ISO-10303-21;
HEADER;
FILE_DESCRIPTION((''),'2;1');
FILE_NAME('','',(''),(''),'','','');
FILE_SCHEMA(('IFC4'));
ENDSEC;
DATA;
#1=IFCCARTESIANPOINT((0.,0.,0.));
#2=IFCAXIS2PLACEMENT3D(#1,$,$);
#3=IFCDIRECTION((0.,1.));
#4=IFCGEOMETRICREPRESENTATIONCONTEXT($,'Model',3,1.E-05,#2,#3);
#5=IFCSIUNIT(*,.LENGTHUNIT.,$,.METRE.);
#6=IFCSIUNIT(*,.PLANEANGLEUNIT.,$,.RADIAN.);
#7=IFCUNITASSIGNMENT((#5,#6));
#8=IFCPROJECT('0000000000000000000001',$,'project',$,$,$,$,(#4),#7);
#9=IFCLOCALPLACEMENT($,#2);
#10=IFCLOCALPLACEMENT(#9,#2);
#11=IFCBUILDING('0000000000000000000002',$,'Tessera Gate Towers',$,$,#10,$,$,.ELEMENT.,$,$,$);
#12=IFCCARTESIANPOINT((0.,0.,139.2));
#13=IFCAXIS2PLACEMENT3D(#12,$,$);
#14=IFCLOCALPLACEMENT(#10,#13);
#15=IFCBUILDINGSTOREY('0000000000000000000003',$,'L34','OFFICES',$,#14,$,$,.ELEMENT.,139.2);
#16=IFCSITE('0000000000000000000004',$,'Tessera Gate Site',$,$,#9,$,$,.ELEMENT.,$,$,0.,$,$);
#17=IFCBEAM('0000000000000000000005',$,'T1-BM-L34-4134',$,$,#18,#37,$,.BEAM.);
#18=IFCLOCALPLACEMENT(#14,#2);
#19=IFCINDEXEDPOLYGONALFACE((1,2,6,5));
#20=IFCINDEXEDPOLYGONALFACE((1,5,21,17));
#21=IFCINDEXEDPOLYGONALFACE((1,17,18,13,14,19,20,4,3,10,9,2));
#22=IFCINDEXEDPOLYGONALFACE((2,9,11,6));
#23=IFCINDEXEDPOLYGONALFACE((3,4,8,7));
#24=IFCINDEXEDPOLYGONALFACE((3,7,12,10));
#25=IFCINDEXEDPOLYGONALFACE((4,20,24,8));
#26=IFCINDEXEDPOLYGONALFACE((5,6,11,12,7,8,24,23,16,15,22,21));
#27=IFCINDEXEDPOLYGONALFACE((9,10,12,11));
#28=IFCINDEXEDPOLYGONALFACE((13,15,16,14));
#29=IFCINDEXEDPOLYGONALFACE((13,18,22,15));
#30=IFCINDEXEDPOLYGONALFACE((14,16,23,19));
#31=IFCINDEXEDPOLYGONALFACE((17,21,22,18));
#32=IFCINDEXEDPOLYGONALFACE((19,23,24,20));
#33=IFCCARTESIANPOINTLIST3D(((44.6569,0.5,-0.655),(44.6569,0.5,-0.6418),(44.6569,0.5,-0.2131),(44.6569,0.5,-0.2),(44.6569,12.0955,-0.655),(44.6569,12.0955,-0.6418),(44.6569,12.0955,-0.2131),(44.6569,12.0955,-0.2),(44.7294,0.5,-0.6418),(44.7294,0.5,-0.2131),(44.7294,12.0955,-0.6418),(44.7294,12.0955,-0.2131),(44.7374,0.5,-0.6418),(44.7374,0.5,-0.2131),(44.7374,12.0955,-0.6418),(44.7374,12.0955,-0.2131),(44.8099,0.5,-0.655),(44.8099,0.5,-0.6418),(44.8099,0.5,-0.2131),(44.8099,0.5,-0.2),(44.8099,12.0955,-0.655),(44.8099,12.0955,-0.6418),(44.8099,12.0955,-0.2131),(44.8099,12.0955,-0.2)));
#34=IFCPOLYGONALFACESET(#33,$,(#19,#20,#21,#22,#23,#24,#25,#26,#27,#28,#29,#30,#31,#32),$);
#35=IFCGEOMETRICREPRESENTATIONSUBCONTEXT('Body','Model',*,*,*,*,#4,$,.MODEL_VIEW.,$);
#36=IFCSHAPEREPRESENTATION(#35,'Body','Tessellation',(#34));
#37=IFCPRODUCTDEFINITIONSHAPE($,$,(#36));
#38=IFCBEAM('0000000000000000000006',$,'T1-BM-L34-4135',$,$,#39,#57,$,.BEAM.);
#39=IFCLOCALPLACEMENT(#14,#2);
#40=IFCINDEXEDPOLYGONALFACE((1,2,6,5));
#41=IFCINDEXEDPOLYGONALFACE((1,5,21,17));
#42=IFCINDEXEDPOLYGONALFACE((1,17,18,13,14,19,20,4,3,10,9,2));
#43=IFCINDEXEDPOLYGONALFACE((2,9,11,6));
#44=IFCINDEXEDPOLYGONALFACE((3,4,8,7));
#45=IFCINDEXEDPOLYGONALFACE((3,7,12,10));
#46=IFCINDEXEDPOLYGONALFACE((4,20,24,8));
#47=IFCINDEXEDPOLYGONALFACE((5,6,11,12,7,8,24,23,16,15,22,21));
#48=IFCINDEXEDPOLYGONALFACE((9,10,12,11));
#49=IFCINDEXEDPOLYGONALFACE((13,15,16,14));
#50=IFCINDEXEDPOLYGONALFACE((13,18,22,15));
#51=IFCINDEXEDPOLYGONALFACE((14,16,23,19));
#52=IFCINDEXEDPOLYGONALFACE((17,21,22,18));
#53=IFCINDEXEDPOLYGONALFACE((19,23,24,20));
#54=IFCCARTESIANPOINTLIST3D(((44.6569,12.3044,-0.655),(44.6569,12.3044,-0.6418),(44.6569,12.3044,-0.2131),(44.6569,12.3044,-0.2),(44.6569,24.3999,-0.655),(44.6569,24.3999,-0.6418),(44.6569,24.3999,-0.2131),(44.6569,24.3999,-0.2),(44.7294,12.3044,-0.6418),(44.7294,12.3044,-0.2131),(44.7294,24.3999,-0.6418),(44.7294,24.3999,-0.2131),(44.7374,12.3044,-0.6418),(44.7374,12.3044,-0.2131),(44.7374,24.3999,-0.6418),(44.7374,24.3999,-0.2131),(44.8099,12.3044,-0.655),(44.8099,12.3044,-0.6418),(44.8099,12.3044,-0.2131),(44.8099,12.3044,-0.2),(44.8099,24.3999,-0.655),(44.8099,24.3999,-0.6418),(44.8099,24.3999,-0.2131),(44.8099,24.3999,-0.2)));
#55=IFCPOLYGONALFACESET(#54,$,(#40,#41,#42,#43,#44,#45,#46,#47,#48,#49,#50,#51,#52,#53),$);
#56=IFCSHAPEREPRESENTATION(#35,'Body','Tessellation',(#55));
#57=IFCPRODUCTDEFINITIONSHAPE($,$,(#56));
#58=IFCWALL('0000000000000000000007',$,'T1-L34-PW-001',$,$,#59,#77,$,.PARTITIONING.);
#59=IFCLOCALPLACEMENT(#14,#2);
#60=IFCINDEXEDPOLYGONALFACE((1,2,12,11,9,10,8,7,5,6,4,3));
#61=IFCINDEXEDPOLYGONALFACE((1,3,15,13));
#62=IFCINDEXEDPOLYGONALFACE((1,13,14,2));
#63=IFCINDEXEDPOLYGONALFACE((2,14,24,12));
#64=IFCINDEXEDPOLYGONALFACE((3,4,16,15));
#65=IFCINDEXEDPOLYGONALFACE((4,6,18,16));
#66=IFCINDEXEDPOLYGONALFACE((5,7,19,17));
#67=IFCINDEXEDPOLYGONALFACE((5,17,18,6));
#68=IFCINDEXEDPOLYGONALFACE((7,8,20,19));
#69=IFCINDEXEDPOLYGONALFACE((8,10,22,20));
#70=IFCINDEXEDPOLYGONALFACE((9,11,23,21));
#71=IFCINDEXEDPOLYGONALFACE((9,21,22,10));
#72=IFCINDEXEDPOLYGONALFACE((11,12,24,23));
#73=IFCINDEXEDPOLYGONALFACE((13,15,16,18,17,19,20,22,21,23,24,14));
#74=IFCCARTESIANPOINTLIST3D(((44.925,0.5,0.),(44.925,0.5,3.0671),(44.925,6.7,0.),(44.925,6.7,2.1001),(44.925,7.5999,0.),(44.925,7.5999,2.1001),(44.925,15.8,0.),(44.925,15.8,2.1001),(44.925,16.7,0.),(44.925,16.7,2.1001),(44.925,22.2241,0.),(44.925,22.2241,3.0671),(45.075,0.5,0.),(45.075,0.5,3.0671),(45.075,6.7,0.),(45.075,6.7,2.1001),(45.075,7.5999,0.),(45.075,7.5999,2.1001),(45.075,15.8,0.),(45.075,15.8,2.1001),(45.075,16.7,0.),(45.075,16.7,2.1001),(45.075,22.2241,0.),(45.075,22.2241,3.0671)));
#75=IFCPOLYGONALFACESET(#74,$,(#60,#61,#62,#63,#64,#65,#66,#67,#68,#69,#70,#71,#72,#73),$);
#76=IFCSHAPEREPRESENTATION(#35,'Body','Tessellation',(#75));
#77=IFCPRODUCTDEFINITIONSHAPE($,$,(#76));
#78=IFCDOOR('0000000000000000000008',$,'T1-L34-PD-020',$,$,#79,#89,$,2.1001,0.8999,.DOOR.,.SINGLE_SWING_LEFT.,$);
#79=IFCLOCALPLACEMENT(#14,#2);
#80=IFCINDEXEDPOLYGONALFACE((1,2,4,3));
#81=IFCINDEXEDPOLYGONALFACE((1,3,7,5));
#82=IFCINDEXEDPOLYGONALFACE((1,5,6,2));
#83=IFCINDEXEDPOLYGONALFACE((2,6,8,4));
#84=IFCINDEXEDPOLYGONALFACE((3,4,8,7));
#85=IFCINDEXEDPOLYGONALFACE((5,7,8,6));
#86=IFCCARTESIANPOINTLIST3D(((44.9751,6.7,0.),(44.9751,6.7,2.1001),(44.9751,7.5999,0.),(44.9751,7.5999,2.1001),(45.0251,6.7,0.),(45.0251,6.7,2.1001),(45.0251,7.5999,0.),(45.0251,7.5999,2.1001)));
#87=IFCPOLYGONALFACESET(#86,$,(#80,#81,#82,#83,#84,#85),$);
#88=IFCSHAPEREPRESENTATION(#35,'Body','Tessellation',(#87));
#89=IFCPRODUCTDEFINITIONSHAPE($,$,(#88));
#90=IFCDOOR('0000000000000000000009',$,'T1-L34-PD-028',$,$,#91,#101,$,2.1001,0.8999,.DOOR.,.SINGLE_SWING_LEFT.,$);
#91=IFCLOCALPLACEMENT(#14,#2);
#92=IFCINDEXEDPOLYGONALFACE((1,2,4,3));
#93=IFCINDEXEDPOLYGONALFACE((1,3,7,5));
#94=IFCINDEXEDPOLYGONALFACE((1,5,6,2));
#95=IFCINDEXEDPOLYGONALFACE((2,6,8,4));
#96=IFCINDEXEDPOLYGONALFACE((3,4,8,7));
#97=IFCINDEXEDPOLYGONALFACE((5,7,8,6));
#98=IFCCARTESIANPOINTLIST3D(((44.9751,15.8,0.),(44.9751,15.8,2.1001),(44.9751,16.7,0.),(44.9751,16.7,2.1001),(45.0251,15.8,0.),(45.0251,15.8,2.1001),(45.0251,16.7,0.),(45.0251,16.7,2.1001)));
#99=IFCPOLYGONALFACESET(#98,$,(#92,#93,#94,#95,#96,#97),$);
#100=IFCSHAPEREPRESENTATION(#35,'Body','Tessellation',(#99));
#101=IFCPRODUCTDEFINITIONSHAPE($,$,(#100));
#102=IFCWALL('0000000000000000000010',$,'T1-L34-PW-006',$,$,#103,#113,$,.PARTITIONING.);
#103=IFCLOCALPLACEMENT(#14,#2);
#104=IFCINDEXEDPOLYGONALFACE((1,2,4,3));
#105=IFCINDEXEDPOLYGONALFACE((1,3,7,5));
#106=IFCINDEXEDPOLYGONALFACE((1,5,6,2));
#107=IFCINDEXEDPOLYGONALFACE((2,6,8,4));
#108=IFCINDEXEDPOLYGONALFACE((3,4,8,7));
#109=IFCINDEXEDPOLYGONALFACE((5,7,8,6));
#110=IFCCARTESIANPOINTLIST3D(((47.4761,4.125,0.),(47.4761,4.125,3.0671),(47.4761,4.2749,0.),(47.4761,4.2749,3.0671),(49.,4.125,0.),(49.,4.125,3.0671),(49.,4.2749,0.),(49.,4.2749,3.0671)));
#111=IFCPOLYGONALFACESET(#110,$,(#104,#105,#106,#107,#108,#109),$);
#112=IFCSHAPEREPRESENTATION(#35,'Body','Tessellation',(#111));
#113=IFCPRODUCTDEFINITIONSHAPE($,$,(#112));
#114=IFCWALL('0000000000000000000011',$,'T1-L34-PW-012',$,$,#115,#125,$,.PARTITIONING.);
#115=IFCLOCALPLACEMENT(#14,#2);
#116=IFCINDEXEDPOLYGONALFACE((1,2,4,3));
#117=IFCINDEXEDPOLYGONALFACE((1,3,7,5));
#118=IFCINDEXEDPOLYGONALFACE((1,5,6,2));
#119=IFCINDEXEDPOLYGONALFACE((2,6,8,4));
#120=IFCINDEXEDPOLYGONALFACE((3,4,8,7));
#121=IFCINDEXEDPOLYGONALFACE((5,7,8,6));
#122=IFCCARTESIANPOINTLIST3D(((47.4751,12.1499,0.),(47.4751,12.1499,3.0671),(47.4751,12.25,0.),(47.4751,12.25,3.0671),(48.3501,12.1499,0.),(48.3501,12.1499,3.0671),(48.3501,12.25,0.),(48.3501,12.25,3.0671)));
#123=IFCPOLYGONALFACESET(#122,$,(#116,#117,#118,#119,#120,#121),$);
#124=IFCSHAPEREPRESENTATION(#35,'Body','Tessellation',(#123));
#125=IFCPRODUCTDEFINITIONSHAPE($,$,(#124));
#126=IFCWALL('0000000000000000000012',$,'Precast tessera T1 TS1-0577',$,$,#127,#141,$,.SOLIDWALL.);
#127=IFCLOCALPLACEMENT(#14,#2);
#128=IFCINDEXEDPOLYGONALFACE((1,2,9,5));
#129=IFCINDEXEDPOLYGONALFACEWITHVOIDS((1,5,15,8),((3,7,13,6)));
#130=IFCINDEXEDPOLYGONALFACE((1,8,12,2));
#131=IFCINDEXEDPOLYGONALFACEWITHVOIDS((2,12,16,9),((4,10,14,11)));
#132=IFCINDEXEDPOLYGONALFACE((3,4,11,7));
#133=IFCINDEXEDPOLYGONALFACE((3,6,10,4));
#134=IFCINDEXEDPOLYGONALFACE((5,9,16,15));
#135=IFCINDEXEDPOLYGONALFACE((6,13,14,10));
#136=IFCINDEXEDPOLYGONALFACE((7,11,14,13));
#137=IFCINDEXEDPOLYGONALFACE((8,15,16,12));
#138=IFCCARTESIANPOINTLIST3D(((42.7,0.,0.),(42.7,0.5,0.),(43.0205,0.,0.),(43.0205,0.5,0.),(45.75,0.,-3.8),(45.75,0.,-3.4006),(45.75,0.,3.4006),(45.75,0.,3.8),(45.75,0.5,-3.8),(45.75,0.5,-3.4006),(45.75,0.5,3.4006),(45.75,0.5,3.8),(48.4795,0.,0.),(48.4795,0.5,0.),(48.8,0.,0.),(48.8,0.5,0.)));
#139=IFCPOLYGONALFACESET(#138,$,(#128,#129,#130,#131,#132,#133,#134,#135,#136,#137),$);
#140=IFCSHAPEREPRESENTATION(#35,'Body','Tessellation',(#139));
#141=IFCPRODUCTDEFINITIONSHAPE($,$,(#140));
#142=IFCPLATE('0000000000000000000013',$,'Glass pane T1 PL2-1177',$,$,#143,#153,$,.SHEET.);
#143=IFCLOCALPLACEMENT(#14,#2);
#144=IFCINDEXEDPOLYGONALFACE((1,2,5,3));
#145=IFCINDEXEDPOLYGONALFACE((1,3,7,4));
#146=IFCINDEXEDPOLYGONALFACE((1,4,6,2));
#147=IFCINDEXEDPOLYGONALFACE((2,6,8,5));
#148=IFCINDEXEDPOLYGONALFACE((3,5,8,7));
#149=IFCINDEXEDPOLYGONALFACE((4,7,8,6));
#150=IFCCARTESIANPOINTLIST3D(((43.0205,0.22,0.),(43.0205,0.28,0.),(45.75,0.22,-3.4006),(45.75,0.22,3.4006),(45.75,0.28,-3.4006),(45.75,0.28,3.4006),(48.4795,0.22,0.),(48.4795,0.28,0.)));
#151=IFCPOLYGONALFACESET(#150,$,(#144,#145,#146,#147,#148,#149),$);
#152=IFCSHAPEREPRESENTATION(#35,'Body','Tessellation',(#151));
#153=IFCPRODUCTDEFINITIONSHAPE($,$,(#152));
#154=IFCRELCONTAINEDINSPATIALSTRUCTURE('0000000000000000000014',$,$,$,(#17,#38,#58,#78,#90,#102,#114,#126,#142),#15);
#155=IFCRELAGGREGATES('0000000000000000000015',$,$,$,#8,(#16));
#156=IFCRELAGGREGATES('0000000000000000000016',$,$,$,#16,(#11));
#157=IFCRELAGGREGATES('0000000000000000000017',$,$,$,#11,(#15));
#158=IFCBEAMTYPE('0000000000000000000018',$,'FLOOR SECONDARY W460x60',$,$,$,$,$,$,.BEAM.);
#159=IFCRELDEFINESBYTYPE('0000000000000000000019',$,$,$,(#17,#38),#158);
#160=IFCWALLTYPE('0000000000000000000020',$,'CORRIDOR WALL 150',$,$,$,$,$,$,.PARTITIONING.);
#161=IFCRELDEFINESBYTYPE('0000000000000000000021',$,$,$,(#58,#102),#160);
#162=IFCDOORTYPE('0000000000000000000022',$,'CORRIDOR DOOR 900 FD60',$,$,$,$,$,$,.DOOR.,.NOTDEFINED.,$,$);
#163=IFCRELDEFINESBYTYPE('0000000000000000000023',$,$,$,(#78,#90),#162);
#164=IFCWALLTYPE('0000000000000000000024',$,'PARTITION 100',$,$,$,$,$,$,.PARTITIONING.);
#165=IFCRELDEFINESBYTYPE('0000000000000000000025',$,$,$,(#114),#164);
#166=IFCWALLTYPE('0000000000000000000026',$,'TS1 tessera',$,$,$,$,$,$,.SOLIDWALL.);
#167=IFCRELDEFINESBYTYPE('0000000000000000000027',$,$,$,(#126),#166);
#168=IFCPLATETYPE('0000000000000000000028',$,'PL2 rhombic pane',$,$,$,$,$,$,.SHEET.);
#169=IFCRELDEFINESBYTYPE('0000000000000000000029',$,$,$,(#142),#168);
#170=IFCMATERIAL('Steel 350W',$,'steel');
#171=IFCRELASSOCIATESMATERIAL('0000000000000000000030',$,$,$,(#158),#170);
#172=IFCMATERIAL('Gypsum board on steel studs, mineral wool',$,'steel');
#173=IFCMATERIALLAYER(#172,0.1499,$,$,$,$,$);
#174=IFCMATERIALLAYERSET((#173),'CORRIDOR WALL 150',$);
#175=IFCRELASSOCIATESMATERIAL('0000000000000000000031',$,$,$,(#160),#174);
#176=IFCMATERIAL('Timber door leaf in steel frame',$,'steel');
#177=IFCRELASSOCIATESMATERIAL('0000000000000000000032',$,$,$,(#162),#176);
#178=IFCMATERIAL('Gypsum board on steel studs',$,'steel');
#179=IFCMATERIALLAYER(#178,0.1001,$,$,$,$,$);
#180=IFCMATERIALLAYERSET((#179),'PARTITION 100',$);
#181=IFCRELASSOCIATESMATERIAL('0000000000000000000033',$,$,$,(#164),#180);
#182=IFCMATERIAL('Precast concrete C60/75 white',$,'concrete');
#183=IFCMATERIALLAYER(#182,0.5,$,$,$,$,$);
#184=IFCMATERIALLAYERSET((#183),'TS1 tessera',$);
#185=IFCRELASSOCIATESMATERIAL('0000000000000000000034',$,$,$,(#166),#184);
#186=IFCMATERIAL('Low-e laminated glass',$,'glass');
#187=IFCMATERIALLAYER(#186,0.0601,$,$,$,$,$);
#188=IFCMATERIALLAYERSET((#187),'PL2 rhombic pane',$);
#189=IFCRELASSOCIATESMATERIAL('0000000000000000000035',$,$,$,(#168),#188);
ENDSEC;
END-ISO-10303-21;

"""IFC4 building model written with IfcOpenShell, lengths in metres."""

from ifc_helpers import new_model, si_unit, direction, frame, frame_2d, origin, origin_2d, place, context, subcontext, project, spatial, polyline, rectangle, i_section, outline, extrude, source, transform, mapped, material, layer, layer_set, material_profile, profile_set, type_object, element, fill, save


model = new_model("IFC4")

# Units and contexts
model_context = context("Model", 3, precision=1e-05, world=origin(), true_north=direction((0.0, 1.0)))
body_context = subcontext(model_context, "Body", "Model", "MODEL_VIEW")
ifc_project = project(units=[si_unit("LENGTHUNIT", "METRE"), si_unit("PLANEANGLEUNIT", "RADIAN")], contexts=[model_context])

# Site, building, storey
site_placement = place(None, origin())
site = spatial("IfcSite", under=ifc_project, at=site_placement, Name="Tessera Gate Site", CompositionType="ELEMENT", RefElevation=0.0)
building_placement = place(site_placement, origin())
building = spatial("IfcBuilding", under=site, at=building_placement, Name="Tessera Gate Towers", CompositionType="ELEMENT")
storey_placement = place(building_placement, frame((0.0, 0.0, 139.2)))
storey = spatial("IfcBuildingStorey", under=building, at=storey_placement, Name="L34", Description="OFFICES", CompositionType="ELEMENT", Elevation=139.2)

# Beams
ifc_material_1 = material(Name="Steel 350W", Category="steel")
ifc_material_profile_1 = material_profile(ifc_material_1, i_section(OverallWidth=0.1531, OverallDepth=0.4551, WebThickness=0.0081, FlangeThickness=0.0132, at=origin_2d()), Name="W460x60")
ifc_profile_set_1 = profile_set([ifc_material_profile_1], Name="Steel 350W")
beam_type_1 = type_object("IfcBeamType", Name="FLOOR SECONDARY W460x60", PredefinedType="BEAM", material=ifc_profile_set_1)
beam_1_placement = place(storey_placement, frame((44.7334, 0.5, -0.4275), z_axis=(0.0, 1.0, 0.0), x_axis=(-1.0, 0.0, 0.0)))
element("IfcBeam", 1, at=beam_1_placement, inside=storey, type_object=beam_type_1, Name="T1-BM-L34-4134", PredefinedType="BEAM", context=body_context, shape_type="SweptSolid", body=[
    extrude(i_section(OverallWidth=0.1531, OverallDepth=0.4551, WebThickness=0.0081, FlangeThickness=0.0132, at=origin_2d()), origin(), (0.0, 0.0, 1.0), 11.5955),
])
beam_2_placement = place(storey_placement, frame((44.7334, 12.3044, -0.4275), z_axis=(0.0, 1.0, 0.0), x_axis=(-1.0, 0.0, 0.0)))
element("IfcBeam", 2, at=beam_2_placement, inside=storey, type_object=beam_type_1, Name="T1-BM-L34-4135", PredefinedType="BEAM", context=body_context, shape_type="SweptSolid", body=[
    extrude(i_section(OverallWidth=0.1531, OverallDepth=0.4551, WebThickness=0.0081, FlangeThickness=0.0132, at=origin_2d()), origin(), (0.0, 0.0, 1.0), 12.0955),
])

# Wall, openings, doors
ifc_material_2 = material(Name="Gypsum board on steel studs, mineral wool", Category="steel")
ifc_layer_1 = layer(ifc_material_2, 0.1499)
ifc_layer_set_1 = layer_set([ifc_layer_1], Name="CORRIDOR WALL 150")
wall_type_1 = type_object("IfcWallType", Name="CORRIDOR WALL 150", PredefinedType="PARTITIONING", material=ifc_layer_set_1)
wall_1_placement = place(storey_placement, frame((45.0, 0.5, 0.0), z_axis=(0.0, 0.0, 1.0), x_axis=(0.0, 1.0, 0.0)))
wall_1 = element("IfcWall", 3, at=wall_1_placement, inside=storey, type_object=wall_type_1, Name="T1-L34-PW-001", PredefinedType="PARTITIONING", context=body_context, shape_type="SweptSolid", body=[
    extrude(rectangle(XDim=21.7241, YDim=0.1499, at=frame_2d((10.8621, 0.0))), origin(), (0.0, 0.0, 1.0), 3.0671),
])
shared_shape_1 = source(origin(), body_context, "Body", "SweptSolid", [
    extrude(rectangle(XDim=0.8999, YDim=2.1001, at=frame_2d((0.45, 1.05))), frame((0.0, 0.085, 0.0), z_axis=(0.0, -1.0, 0.0), x_axis=(1.0, 0.0, 0.0)), (0.0, 0.0, 1.0), 0.1699),
])
opening_1_placement = place(wall_1_placement, frame((6.2, 0.0, 0.0)))
opening_1 = element("IfcOpeningElement", 4, at=opening_1_placement, cuts=wall_1, PredefinedType="OPENING", context=body_context, shape_type="MappedRepresentation", body=[
    mapped(shared_shape_1, transform((0.0, 0.0, 0.0), scale=1.0)),
])
opening_2_placement = place(wall_1_placement, frame((15.3, 0.0, 0.0)))
opening_2 = element("IfcOpeningElement", 5, at=opening_2_placement, cuts=wall_1, PredefinedType="OPENING", context=body_context, shape_type="MappedRepresentation", body=[
    mapped(shared_shape_1, transform((0.0, 0.0, 0.0), scale=1.0)),
])
ifc_material_3 = material(Name="Timber door leaf in steel frame", Category="steel")
door_type = type_object("IfcDoorType", Name="CORRIDOR DOOR 900 FD60", OperationType="NOTDEFINED", PredefinedType="DOOR", material=ifc_material_3)
shared_shape_2 = source(origin(), body_context, "Body", "SweptSolid", [
    extrude(rectangle(XDim=0.8999, YDim=2.1001, at=frame_2d((0.45, 1.05))), frame((0.0, 0.0249, 0.0), z_axis=(0.0, -1.0, 0.0), x_axis=(1.0, 0.0, 0.0)), (0.0, 0.0, 1.0), 0.05),
])
door_1_placement = place(opening_1_placement, origin())
door_1 = element("IfcDoor", 6, at=door_1_placement, inside=storey, type_object=door_type, Name="T1-L34-PD-020", OperationType="SINGLE_SWING_LEFT", OverallHeight=2.1001, OverallWidth=0.8999, PredefinedType="DOOR", context=body_context, shape_type="MappedRepresentation", body=[
    mapped(shared_shape_2, transform((0.0, 0.0, 0.0), scale=1.0)),
])
fill(opening_1, door_1)
door_2_placement = place(opening_2_placement, origin())
door_2 = element("IfcDoor", 7, at=door_2_placement, inside=storey, type_object=door_type, Name="T1-L34-PD-028", OperationType="SINGLE_SWING_LEFT", OverallHeight=2.1001, OverallWidth=0.8999, PredefinedType="DOOR", context=body_context, shape_type="MappedRepresentation", body=[
    mapped(shared_shape_2, transform((0.0, 0.0, 0.0), scale=1.0)),
])
fill(opening_2, door_2)

# Walls
wall_2_placement = place(storey_placement, frame((47.4761, 4.2, 0.0), z_axis=(0.0, 0.0, 1.0), x_axis=(1.0, 0.0, 0.0)))
element("IfcWall", 8, at=wall_2_placement, inside=storey, type_object=wall_type_1, Name="T1-L34-PW-006", PredefinedType="PARTITIONING", context=body_context, shape_type="SweptSolid", body=[
    extrude(rectangle(XDim=1.5239, YDim=0.1499, at=frame_2d((0.762, 0.0))), origin(), (0.0, 0.0, 1.0), 3.0671),
])
ifc_material_4 = material(Name="Gypsum board on steel studs", Category="steel")
ifc_layer_2 = layer(ifc_material_4, 0.1001)
ifc_layer_set_2 = layer_set([ifc_layer_2], Name="PARTITION 100")
wall_type_2 = type_object("IfcWallType", Name="PARTITION 100", PredefinedType="PARTITIONING", material=ifc_layer_set_2)
wall_3_placement = place(storey_placement, frame((48.3501, 12.2, 0.0), z_axis=(0.0, 0.0, 1.0), x_axis=(-1.0, 0.0, 0.0)))
element("IfcWall", 9, at=wall_3_placement, inside=storey, type_object=wall_type_2, Name="T1-L34-PW-012", PredefinedType="PARTITIONING", context=body_context, shape_type="SweptSolid", body=[
    extrude(rectangle(XDim=0.875, YDim=0.1001, at=frame_2d((0.4375, 0.0))), origin(), (0.0, 0.0, 1.0), 3.0671),
])

# Wall, opening, plate
ifc_material_5 = material(Name="Precast concrete C60/75 white", Category="concrete")
ifc_layer_3 = layer(ifc_material_5, 0.5)
ifc_layer_set_3 = layer_set([ifc_layer_3], Name="TS1 tessera")
wall_type_3 = type_object("IfcWallType", Name="TS1 tessera", PredefinedType="SOLIDWALL", material=ifc_layer_set_3)
shared_shape_3 = source(origin(), body_context, "Body", "SweptSolid", [
    extrude(outline(polyline([(3.05, 0.0), (6.1001, 3.8), (3.05, 7.6001), (0.0, 3.8), (3.05, 0.0)])), frame((0.0, 0.25, 0.0), z_axis=(0.0, -1.0, 0.0), x_axis=(1.0, 0.0, 0.0)), (0.0, 0.0, 1.0), 0.5),
])
wall_4_placement = place(storey_placement, frame((42.7, 0.25, -3.8), z_axis=(0.0, 0.0, 1.0), x_axis=(1.0, 0.0, 0.0)))
wall_4 = element("IfcWall", 10, at=wall_4_placement, inside=storey, type_object=wall_type_3, Name="Precast tessera T1 TS1-0577", PredefinedType="SOLIDWALL", context=body_context, shape_type="MappedRepresentation", body=[
    mapped(shared_shape_3, transform((0.0, 0.0, 0.0), scale=1.0)),
])
shared_shape_4 = source(origin(), body_context, "Body", "SweptSolid", [
    extrude(outline(polyline([(3.05, 0.3994), (5.7795, 3.8), (3.05, 7.2007), (0.3206, 3.8), (3.05, 0.3994)])), frame((0.0, 0.26, 0.0), z_axis=(0.0, -1.0, 0.0), x_axis=(1.0, 0.0, 0.0)), (0.0, 0.0, 1.0), 0.52),
])
opening_3_placement = place(wall_4_placement, origin())
opening_3 = element("IfcOpeningElement", 11, at=opening_3_placement, cuts=wall_4, PredefinedType="OPENING", context=body_context, shape_type="MappedRepresentation", body=[
    mapped(shared_shape_4, transform((0.0, 0.0, 0.0), scale=1.0)),
])
ifc_material_6 = material(Name="Low-e laminated glass", Category="glass")
ifc_layer_4 = layer(ifc_material_6, 0.0601)
ifc_layer_set_4 = layer_set([ifc_layer_4], Name="PL2 rhombic pane")
plate_type = type_object("IfcPlateType", Name="PL2 rhombic pane", PredefinedType="SHEET", material=ifc_layer_set_4)
shared_shape_5 = source(origin(), body_context, "Body", "SweptSolid", [
    extrude(outline(polyline([(3.05, 0.3994), (5.7795, 3.8), (3.05, 7.2007), (0.3206, 3.8), (3.05, 0.3994)])), frame((0.0, 0.03, 0.0), z_axis=(0.0, -1.0, 0.0), x_axis=(1.0, 0.0, 0.0)), (0.0, 0.0, 1.0), 0.0601),
])
plate_placement = place(opening_3_placement, origin())
plate = element("IfcPlate", 12, at=plate_placement, inside=storey, type_object=plate_type, Name="Glass pane T1 PL2-1177", PredefinedType="SHEET", context=body_context, shape_type="MappedRepresentation", body=[
    mapped(shared_shape_5, transform((0.0, 0.0, 0.0), scale=1.0)),
])
fill(opening_3, plate)

save(model, "model.ifc")
